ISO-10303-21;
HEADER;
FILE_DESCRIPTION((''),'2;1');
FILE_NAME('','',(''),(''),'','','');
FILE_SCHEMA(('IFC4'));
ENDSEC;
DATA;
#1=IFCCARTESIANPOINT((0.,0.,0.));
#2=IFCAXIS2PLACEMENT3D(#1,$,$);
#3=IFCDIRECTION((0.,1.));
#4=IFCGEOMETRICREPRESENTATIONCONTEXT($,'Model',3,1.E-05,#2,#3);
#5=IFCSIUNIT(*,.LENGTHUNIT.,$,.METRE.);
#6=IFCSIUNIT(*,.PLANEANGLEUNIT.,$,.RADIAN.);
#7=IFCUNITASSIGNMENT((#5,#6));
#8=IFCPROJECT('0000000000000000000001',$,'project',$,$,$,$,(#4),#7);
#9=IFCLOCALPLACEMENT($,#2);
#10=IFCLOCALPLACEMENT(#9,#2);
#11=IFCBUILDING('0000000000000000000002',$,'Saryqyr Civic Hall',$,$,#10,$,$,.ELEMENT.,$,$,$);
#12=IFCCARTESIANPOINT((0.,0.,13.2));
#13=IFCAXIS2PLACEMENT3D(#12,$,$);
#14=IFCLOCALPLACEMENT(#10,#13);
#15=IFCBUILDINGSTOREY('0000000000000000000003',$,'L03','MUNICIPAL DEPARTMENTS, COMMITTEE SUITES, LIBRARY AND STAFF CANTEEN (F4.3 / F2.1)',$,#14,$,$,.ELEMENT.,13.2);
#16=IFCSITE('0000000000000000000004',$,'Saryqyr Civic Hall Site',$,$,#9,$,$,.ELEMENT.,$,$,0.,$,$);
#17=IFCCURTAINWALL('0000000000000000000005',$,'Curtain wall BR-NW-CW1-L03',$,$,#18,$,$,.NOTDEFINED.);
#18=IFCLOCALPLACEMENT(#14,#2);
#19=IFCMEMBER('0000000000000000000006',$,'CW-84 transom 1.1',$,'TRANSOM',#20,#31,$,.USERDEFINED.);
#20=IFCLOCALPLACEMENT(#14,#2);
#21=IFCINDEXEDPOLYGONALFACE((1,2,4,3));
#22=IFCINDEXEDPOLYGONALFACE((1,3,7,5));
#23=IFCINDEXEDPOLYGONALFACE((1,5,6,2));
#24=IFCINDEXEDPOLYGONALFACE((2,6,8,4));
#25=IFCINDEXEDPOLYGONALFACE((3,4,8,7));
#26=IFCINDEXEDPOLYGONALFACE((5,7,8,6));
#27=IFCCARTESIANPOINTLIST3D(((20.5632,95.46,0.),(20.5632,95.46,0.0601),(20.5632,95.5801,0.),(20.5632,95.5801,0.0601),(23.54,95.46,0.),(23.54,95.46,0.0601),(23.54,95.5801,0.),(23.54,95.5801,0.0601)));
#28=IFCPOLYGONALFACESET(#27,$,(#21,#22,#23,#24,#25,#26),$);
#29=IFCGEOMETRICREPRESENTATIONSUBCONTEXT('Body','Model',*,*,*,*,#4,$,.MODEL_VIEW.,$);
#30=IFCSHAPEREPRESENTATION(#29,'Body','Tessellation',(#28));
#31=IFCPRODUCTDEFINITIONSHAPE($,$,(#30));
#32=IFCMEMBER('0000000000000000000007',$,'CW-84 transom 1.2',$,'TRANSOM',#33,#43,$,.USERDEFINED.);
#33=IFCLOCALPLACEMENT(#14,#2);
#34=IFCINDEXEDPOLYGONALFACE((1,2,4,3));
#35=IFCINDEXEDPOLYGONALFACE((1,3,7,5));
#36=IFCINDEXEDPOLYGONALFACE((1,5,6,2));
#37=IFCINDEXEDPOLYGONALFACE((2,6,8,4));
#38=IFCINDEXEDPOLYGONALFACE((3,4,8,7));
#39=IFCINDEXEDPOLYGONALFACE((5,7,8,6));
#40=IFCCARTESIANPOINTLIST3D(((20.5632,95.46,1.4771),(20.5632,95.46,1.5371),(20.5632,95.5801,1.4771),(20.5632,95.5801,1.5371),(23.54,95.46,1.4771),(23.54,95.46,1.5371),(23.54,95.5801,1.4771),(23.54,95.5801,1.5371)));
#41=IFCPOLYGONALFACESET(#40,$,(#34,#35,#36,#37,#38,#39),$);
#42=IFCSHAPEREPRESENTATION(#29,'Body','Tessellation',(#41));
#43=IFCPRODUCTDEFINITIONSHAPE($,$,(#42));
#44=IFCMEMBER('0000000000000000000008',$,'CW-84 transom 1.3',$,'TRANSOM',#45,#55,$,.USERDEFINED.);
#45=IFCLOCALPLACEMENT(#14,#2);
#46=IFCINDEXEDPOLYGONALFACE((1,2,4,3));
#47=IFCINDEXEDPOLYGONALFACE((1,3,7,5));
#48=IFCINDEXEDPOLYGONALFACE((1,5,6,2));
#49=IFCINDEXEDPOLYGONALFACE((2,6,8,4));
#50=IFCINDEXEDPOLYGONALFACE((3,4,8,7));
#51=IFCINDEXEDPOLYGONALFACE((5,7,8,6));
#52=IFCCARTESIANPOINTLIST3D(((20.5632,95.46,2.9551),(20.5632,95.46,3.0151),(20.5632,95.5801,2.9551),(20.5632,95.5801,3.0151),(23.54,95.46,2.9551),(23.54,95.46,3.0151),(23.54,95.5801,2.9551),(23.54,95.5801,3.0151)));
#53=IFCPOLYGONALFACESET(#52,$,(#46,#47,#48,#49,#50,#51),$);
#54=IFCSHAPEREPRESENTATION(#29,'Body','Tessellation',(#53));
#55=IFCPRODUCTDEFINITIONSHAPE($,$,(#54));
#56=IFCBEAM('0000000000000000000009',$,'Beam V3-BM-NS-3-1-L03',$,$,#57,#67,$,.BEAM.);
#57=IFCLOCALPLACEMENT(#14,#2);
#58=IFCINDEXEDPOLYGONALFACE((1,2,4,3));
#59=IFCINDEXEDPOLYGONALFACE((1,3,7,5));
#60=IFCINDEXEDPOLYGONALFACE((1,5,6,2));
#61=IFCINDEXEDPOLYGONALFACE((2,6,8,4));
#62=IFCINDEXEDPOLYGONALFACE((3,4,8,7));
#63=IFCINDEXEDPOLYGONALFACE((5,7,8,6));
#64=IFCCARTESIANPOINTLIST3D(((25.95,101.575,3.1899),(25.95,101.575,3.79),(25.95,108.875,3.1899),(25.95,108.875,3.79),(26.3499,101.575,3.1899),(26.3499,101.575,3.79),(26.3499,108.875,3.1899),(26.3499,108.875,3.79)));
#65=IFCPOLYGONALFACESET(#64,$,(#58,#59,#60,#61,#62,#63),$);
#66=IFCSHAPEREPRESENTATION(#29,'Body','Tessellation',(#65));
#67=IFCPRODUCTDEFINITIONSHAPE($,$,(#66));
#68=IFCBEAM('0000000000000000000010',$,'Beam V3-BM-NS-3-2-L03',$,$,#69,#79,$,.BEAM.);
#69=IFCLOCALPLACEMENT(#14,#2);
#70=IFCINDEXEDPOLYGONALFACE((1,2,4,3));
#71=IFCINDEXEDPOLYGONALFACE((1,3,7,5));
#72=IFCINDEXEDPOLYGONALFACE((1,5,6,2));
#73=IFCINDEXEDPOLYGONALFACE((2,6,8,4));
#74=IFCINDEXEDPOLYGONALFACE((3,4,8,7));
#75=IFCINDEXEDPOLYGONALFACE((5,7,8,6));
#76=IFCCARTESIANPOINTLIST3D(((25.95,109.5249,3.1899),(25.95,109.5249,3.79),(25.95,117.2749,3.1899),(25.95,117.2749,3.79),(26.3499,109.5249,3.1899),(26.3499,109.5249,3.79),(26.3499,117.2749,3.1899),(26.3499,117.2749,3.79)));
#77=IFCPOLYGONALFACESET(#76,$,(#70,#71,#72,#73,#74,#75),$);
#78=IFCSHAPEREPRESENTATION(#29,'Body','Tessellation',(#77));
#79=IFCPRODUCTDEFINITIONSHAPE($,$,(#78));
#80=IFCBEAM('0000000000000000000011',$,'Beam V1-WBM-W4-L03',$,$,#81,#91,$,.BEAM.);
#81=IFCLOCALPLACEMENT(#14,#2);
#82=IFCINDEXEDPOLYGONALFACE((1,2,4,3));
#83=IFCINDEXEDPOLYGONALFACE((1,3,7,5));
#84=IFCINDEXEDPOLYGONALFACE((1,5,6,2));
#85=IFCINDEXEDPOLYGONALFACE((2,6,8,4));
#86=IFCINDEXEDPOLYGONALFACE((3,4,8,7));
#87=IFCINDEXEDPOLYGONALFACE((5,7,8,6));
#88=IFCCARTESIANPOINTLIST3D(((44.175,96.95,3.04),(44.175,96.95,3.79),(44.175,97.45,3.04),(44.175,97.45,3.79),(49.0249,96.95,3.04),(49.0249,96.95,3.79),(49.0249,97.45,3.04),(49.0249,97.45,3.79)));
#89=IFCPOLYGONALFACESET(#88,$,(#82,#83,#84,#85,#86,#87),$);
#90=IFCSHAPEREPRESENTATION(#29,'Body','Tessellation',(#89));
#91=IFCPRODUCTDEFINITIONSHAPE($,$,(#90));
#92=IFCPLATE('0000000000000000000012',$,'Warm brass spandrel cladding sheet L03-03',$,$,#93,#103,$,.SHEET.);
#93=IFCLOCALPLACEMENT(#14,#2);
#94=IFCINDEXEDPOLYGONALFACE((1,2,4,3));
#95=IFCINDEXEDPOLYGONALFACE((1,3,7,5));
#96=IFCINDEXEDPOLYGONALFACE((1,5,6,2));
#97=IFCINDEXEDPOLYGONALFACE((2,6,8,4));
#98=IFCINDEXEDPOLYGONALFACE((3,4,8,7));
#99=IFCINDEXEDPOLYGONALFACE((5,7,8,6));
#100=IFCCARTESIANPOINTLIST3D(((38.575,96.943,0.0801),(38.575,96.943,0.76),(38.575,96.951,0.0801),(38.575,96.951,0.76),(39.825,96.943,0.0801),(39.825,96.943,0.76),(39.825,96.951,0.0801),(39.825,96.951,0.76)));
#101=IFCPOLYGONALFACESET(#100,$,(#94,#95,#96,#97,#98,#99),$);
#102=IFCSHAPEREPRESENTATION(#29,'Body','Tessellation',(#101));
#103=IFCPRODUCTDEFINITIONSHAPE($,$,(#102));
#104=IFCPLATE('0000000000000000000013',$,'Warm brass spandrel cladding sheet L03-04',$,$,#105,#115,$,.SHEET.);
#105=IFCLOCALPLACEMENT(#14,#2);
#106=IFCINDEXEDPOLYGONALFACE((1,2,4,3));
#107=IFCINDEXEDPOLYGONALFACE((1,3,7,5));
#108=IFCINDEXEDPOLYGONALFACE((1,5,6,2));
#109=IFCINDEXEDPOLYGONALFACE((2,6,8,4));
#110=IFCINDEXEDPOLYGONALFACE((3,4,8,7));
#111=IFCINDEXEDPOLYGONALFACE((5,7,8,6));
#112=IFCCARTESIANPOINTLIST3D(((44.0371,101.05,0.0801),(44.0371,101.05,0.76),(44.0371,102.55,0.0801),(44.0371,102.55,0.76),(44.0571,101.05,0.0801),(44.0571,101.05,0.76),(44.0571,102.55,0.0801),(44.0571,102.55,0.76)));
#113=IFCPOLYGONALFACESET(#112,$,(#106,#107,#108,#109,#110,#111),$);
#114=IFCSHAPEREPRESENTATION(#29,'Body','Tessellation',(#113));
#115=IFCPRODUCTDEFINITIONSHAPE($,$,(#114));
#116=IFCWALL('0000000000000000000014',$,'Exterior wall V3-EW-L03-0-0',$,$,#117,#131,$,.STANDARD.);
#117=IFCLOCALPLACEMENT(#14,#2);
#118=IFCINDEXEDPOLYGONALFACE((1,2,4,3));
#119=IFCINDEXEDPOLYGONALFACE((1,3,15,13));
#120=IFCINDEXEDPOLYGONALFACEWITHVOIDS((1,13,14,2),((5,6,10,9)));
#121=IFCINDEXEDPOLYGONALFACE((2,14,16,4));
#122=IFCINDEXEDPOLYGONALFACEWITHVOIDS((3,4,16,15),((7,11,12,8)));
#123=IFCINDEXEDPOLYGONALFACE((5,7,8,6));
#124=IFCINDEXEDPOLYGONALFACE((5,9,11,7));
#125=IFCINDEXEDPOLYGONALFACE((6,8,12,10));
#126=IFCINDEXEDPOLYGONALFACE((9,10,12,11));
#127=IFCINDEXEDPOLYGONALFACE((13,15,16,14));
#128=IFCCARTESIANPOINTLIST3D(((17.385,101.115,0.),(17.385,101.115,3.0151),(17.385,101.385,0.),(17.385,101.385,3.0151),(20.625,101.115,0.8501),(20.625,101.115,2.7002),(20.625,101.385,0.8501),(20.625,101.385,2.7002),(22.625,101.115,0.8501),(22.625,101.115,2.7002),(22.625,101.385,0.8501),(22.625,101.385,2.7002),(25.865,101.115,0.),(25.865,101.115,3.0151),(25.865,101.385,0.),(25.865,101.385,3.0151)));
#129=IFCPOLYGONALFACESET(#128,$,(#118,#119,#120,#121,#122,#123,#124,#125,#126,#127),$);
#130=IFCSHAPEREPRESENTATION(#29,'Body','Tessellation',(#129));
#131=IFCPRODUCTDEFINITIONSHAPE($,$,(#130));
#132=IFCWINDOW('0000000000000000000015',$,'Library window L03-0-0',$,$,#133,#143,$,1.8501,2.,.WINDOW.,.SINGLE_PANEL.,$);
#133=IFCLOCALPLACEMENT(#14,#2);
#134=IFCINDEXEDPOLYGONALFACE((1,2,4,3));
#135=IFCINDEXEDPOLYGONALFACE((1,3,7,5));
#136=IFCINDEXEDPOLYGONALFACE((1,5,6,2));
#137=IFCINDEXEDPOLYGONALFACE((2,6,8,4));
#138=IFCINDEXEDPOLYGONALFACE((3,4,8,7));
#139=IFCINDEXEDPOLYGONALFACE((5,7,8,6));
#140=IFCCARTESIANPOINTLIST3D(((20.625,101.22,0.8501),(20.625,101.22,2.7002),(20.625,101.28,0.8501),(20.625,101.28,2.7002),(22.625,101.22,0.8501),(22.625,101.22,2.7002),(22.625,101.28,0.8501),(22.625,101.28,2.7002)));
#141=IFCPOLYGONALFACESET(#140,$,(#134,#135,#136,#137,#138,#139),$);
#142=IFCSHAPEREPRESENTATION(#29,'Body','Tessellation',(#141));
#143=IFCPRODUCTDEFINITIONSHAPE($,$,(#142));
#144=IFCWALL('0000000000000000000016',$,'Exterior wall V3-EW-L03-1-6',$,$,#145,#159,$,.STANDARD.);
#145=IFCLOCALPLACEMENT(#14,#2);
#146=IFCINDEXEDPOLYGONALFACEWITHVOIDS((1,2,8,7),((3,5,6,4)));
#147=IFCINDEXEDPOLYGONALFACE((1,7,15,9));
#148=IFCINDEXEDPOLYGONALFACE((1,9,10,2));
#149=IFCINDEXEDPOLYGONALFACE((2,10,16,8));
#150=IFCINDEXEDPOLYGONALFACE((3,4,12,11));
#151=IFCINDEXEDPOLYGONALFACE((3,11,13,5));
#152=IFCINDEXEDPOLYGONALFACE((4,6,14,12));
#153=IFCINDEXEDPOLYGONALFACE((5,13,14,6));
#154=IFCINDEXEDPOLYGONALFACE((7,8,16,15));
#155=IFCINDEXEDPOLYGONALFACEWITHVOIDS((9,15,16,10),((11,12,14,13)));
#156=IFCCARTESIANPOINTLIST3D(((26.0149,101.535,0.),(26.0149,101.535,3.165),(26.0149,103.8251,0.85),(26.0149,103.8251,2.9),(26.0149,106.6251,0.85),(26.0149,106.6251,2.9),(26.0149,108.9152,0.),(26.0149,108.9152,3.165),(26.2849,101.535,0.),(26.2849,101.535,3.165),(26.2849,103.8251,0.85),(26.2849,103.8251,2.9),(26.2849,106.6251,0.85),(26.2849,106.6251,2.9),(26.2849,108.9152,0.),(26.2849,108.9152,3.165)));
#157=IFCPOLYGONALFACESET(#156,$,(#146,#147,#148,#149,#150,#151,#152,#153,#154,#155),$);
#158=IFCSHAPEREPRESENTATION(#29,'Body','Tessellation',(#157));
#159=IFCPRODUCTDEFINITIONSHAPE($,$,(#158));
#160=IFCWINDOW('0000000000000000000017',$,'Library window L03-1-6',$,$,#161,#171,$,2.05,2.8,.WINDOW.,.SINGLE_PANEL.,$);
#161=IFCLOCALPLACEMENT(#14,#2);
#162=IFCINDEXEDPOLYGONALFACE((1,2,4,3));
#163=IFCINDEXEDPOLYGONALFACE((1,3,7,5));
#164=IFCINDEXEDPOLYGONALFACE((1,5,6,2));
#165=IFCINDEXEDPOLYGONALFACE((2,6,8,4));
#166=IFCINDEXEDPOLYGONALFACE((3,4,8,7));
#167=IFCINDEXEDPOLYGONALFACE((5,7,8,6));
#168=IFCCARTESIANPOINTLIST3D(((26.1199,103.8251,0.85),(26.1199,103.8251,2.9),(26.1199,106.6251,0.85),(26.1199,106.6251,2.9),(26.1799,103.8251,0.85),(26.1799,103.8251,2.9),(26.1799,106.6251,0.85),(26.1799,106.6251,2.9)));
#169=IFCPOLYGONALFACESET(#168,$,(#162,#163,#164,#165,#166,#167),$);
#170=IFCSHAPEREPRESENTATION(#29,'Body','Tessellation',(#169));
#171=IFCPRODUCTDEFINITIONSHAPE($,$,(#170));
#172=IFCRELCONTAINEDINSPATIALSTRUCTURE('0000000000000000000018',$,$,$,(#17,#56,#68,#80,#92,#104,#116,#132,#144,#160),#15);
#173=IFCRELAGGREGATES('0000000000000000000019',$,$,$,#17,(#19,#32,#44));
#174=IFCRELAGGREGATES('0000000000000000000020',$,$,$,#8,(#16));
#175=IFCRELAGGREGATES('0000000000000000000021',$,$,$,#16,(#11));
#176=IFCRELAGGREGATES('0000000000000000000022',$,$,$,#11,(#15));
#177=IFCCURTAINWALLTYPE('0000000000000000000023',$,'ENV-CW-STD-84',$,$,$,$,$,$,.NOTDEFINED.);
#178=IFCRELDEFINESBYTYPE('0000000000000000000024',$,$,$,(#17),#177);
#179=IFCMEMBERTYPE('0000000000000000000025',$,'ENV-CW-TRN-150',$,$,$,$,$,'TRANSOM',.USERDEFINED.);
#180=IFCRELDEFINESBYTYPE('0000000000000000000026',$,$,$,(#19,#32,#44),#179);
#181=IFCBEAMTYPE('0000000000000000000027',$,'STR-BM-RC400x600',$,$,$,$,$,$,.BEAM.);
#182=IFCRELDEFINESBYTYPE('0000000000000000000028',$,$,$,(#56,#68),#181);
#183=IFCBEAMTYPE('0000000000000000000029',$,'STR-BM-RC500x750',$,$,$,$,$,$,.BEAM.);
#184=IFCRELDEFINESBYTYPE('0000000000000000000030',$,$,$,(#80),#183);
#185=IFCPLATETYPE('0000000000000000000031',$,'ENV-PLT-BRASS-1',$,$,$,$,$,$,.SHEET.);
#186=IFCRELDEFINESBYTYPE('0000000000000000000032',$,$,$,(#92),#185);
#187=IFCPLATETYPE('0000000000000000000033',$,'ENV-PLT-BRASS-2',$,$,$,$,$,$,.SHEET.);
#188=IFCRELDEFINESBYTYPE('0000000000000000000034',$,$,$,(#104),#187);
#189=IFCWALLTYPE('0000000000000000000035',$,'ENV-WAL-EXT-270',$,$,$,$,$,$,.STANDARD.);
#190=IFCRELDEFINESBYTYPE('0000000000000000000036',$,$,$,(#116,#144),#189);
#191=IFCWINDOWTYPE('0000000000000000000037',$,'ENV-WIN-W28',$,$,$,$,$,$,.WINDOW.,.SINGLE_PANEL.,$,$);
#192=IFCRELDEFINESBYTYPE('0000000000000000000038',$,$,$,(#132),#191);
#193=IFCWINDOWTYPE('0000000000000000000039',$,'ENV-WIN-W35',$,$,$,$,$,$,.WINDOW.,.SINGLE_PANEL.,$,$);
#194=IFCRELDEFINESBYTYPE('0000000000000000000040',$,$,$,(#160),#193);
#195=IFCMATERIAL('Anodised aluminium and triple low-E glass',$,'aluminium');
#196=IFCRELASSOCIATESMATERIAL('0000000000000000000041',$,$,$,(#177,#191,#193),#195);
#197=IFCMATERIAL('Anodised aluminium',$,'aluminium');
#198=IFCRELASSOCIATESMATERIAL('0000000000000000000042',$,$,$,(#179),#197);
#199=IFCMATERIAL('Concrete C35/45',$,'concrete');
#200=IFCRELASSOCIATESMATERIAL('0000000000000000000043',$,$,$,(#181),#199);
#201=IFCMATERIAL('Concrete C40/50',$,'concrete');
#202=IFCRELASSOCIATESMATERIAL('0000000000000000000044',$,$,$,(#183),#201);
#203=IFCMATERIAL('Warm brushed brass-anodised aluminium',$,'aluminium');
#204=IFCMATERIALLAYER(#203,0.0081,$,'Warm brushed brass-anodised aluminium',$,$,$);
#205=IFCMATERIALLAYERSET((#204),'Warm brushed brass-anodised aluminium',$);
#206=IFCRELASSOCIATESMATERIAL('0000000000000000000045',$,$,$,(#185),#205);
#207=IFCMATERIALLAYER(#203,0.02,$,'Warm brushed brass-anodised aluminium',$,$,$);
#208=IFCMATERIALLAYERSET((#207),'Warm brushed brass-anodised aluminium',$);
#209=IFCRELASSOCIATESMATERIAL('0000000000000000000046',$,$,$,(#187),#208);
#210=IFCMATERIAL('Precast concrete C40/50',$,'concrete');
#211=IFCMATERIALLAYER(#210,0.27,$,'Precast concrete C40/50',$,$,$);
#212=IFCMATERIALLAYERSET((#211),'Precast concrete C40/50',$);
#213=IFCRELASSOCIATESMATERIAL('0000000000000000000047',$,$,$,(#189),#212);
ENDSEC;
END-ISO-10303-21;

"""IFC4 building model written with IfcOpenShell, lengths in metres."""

from ifc_helpers import new_model, si_unit, direction, frame, frame_2d, origin, origin_2d, place, context, subcontext, project, spatial, rectangle, extrude, material, layer, layer_set, material_profile, profile_set, type_object, element, fill, aggregate, save


model = new_model("IFC4")

# Units and contexts
model_context = context("Model", 3, precision=1e-05, world=origin(), true_north=direction((0.0, 1.0)))
body_context = subcontext(model_context, "Body", "Model", "MODEL_VIEW")
ifc_project = project(units=[si_unit("LENGTHUNIT", "METRE"), si_unit("PLANEANGLEUNIT", "RADIAN")], contexts=[model_context])

# Site, building, storey
site_placement = place(None, origin())
site = spatial("IfcSite", under=ifc_project, at=site_placement, Name="Saryqyr Civic Hall Site", CompositionType="ELEMENT", RefElevation=0.0)
building_placement = place(site_placement, origin())
building = spatial("IfcBuilding", under=site, at=building_placement, Name="Saryqyr Civic Hall", CompositionType="ELEMENT")
storey_placement = place(building_placement, frame((0.0, 0.0, 13.2)))
storey = spatial("IfcBuildingStorey", under=building, at=storey_placement, Name="L03", Description="MUNICIPAL DEPARTMENTS, COMMITTEE SUITES, LIBRARY AND STAFF CANTEEN (F4.3 / F2.1)", CompositionType="ELEMENT", Elevation=13.2)

# Shared definitions
ifc_material_1 = material(Name="Concrete C40/50", Category="concrete")

# Curtain wall
ifc_material_2 = material(Name="Anodised aluminium and triple low-E glass", Category="aluminium")
ifc_material_3 = material(Name="Anodised aluminium", Category="aluminium")
curtain_wall_type_1 = type_object("IfcCurtainWallType", Name="ENV-CW-STD-84", PredefinedType="NOTDEFINED", material=ifc_material_2)
curtain_wall_1_placement = place(storey_placement, origin())
curtain_wall_1 = element("IfcCurtainWall", 1, at=curtain_wall_1_placement, inside=storey, type_object=curtain_wall_type_1, Name="Curtain wall BR-NW-CW1-L03", PredefinedType="NOTDEFINED")

# Members
ifc_material_profile_1 = material_profile(ifc_material_3, rectangle(XDim=0.1201, YDim=0.0601, at=origin_2d()), Name="ALU TRANSOM 120x60")
ifc_profile_set_1 = profile_set([ifc_material_profile_1], Name="Anodised aluminium")
member_type_1 = type_object("IfcMemberType", Name="ENV-CW-TRN-150", ElementType="TRANSOM", PredefinedType="USERDEFINED", material=ifc_profile_set_1)
member_1_placement = place(storey_placement, frame((23.54, 95.52, 0.03), z_axis=(-1.0, 0.0, 0.0), x_axis=(0.0, -1.0, 0.0)))
member_1 = element("IfcMember", 2, at=member_1_placement, type_object=member_type_1, Name="CW-84 transom 1.1", ObjectType="TRANSOM", PredefinedType="USERDEFINED", context=body_context, shape_type="SweptSolid", body=[
    extrude(rectangle(XDim=0.1201, YDim=0.0601, at=origin_2d()), origin(), (0.0, 0.0, 1.0), 2.9768),
])
member_2_placement = place(storey_placement, frame((23.54, 95.52, 1.5071), z_axis=(-1.0, 0.0, 0.0), x_axis=(0.0, -1.0, 0.0)))
member_2 = element("IfcMember", 3, at=member_2_placement, type_object=member_type_1, Name="CW-84 transom 1.2", ObjectType="TRANSOM", PredefinedType="USERDEFINED", context=body_context, shape_type="SweptSolid", body=[
    extrude(rectangle(XDim=0.1201, YDim=0.0601, at=origin_2d()), origin(), (0.0, 0.0, 1.0), 2.9768),
])
member_3_placement = place(storey_placement, frame((23.54, 95.52, 2.9851), z_axis=(-1.0, 0.0, 0.0), x_axis=(0.0, -1.0, 0.0)))
member_3 = element("IfcMember", 4, at=member_3_placement, type_object=member_type_1, Name="CW-84 transom 1.3", ObjectType="TRANSOM", PredefinedType="USERDEFINED", context=body_context, shape_type="SweptSolid", body=[
    extrude(rectangle(XDim=0.1201, YDim=0.0601, at=origin_2d()), origin(), (0.0, 0.0, 1.0), 2.9768),
])
aggregate(curtain_wall_1, [member_1, member_2, member_3])

# Beams
ifc_material_4 = material(Name="Concrete C35/45", Category="concrete")
ifc_material_profile_2 = material_profile(ifc_material_4, rectangle(XDim=0.3999, YDim=0.6001, at=origin_2d()), Name="RC 400x600")
ifc_profile_set_2 = profile_set([ifc_material_profile_2], Name="Concrete C35/45")
beam_type_1 = type_object("IfcBeamType", Name="STR-BM-RC400x600", PredefinedType="BEAM", material=ifc_profile_set_2)
beam_1_placement = place(storey_placement, frame((26.1499, 101.575, 3.49), z_axis=(0.0, 1.0, 0.0), x_axis=(-1.0, 0.0, 0.0)))
element("IfcBeam", 5, at=beam_1_placement, inside=storey, type_object=beam_type_1, Name="Beam V3-BM-NS-3-1-L03", PredefinedType="BEAM", context=body_context, shape_type="SweptSolid", body=[
    extrude(rectangle(XDim=0.3999, YDim=0.6001, at=origin_2d()), origin(), (0.0, 0.0, 1.0), 7.3),
])
beam_2_placement = place(storey_placement, frame((26.1499, 109.5249, 3.49), z_axis=(0.0, 1.0, 0.0), x_axis=(-1.0, 0.0, 0.0)))
element("IfcBeam", 6, at=beam_2_placement, inside=storey, type_object=beam_type_1, Name="Beam V3-BM-NS-3-2-L03", PredefinedType="BEAM", context=body_context, shape_type="SweptSolid", body=[
    extrude(rectangle(XDim=0.3999, YDim=0.6001, at=origin_2d()), origin(), (0.0, 0.0, 1.0), 7.75),
])
ifc_material_profile_3 = material_profile(ifc_material_1, rectangle(XDim=0.5, YDim=0.75, at=origin_2d()), Name="RC 500x750")
ifc_profile_set_3 = profile_set([ifc_material_profile_3], Name="Concrete C40/50")
beam_type_2 = type_object("IfcBeamType", Name="STR-BM-RC500x750", PredefinedType="BEAM", material=ifc_profile_set_3)
beam_3_placement = place(storey_placement, frame((44.175, 97.2, 3.415), z_axis=(1.0, 0.0, 0.0), x_axis=(0.0, 1.0, 0.0)))
element("IfcBeam", 7, at=beam_3_placement, inside=storey, type_object=beam_type_2, Name="Beam V1-WBM-W4-L03", PredefinedType="BEAM", context=body_context, shape_type="SweptSolid", body=[
    extrude(rectangle(XDim=0.5, YDim=0.75, at=origin_2d()), origin(), (0.0, 0.0, 1.0), 4.8499),
])

# Plates
ifc_material_5 = material(Name="Warm brushed brass-anodised aluminium", Category="aluminium")
ifc_layer_1 = layer(ifc_material_5, 0.0081, Name="Warm brushed brass-anodised aluminium")
ifc_layer_set_1 = layer_set([ifc_layer_1], Name="Warm brushed brass-anodised aluminium")
plate_type_1 = type_object("IfcPlateType", Name="ENV-PLT-BRASS-1", PredefinedType="SHEET", material=ifc_layer_set_1)
plate_1_placement = place(storey_placement, frame((39.2, 96.947, 0.0801), z_axis=(0.0, 0.0, 1.0), x_axis=(1.0, 0.0, 0.0)))
element("IfcPlate", 8, at=plate_1_placement, inside=storey, type_object=plate_type_1, Name="Warm brass spandrel cladding sheet L03-03", PredefinedType="SHEET", context=body_context, shape_type="SweptSolid", body=[
    extrude(rectangle(XDim=1.25, YDim=0.0081, at=origin_2d()), origin(), (0.0, 0.0, 1.0), 0.6799),
])
ifc_layer_2 = layer(ifc_material_5, 0.02, Name="Warm brushed brass-anodised aluminium")
ifc_layer_set_2 = layer_set([ifc_layer_2], Name="Warm brushed brass-anodised aluminium")
plate_type_2 = type_object("IfcPlateType", Name="ENV-PLT-BRASS-2", PredefinedType="SHEET", material=ifc_layer_set_2)
plate_2_placement = place(storey_placement, frame((44.0471, 101.8, 0.0801), z_axis=(0.0, 0.0, 1.0), x_axis=(0.0, 1.0, 0.0)))
element("IfcPlate", 9, at=plate_2_placement, inside=storey, type_object=plate_type_2, Name="Warm brass spandrel cladding sheet L03-04", PredefinedType="SHEET", context=body_context, shape_type="SweptSolid", body=[
    extrude(rectangle(XDim=1.5, YDim=0.02, at=origin_2d()), origin(), (0.0, 0.0, 1.0), 0.6799),
])

# Walls, openings, windows
ifc_material_6 = material(Name="Precast concrete C40/50", Category="concrete")
ifc_layer_3 = layer(ifc_material_6, 0.27, Name="Precast concrete C40/50")
ifc_layer_set_3 = layer_set([ifc_layer_3], Name="Precast concrete C40/50")
wall_type_1 = type_object("IfcWallType", Name="ENV-WAL-EXT-270", PredefinedType="STANDARD", material=ifc_layer_set_3)
wall_1_placement = place(storey_placement, frame((25.865, 101.25, 0.0), z_axis=(0.0, 0.0, 1.0), x_axis=(-1.0, 0.0, 0.0)))
wall_1 = element("IfcWall", 10, at=wall_1_placement, inside=storey, type_object=wall_type_1, Name="Exterior wall V3-EW-L03-0-0", PredefinedType="STANDARD", context=body_context, shape_type="SweptSolid", body=[
    extrude(rectangle(XDim=8.48, YDim=0.27, at=frame_2d((4.24, 0.0))), origin(), (0.0, 0.0, 1.0), 3.0151),
])
opening_1_placement = place(wall_1_placement, frame((3.24, 0.0, 0.8501)))
opening_1 = element("IfcOpeningElement", 11, at=opening_1_placement, cuts=wall_1, PredefinedType="OPENING", context=body_context, shape_type="SweptSolid", body=[
    extrude(rectangle(XDim=2.0, YDim=1.8501, at=frame_2d((1.0, 0.925))), frame((0.0, 0.145, 0.0), z_axis=(0.0, -1.0, 0.0), x_axis=(1.0, 0.0, 0.0)), (0.0, 0.0, 1.0), 0.29),
])
window_type_1 = type_object("IfcWindowType", Name="ENV-WIN-W28", PartitioningType="SINGLE_PANEL", PredefinedType="WINDOW", material=ifc_material_2)
window_1_placement = place(opening_1_placement, origin())
window_1 = element("IfcWindow", 12, at=window_1_placement, inside=storey, type_object=window_type_1, Name="Library window L03-0-0", OverallHeight=1.8501, OverallWidth=2.0, PartitioningType="SINGLE_PANEL", PredefinedType="WINDOW", context=body_context, shape_type="SweptSolid", body=[
    extrude(rectangle(XDim=2.0, YDim=1.8501, at=frame_2d((1.0, 0.925))), frame((0.0, 0.03, 0.0), z_axis=(0.0, -1.0, 0.0), x_axis=(1.0, 0.0, 0.0)), (0.0, 0.0, 1.0), 0.0601),
])
fill(opening_1, window_1)
wall_2_placement = place(storey_placement, frame((26.1499, 108.915, 0.0), z_axis=(0.0, 0.0, 1.0), x_axis=(0.0, -1.0, 0.0)))
wall_2 = element("IfcWall", 13, at=wall_2_placement, inside=storey, type_object=wall_type_1, Name="Exterior wall V3-EW-L03-1-6", PredefinedType="STANDARD", context=body_context, shape_type="SweptSolid", body=[
    extrude(rectangle(XDim=7.3801, YDim=0.27, at=frame_2d((3.6899, 0.0))), origin(), (0.0, 0.0, 1.0), 3.165),
])
opening_2_placement = place(wall_2_placement, frame((2.29, 0.0, 0.8501)))
opening_2 = element("IfcOpeningElement", 14, at=opening_2_placement, cuts=wall_2, PredefinedType="OPENING", context=body_context, shape_type="SweptSolid", body=[
    extrude(rectangle(XDim=2.8, YDim=2.05, at=frame_2d((1.3999, 1.0249))), frame((0.0, 0.145, 0.0), z_axis=(0.0, -1.0, 0.0), x_axis=(1.0, 0.0, 0.0)), (0.0, 0.0, 1.0), 0.29),
])
window_type_2 = type_object("IfcWindowType", Name="ENV-WIN-W35", PartitioningType="SINGLE_PANEL", PredefinedType="WINDOW", material=ifc_material_2)
window_2_placement = place(opening_2_placement, origin())
window_2 = element("IfcWindow", 15, at=window_2_placement, inside=storey, type_object=window_type_2, Name="Library window L03-1-6", OverallHeight=2.05, OverallWidth=2.8, PartitioningType="SINGLE_PANEL", PredefinedType="WINDOW", context=body_context, shape_type="SweptSolid", body=[
    extrude(rectangle(XDim=2.8, YDim=2.05, at=frame_2d((1.3999, 1.0249))), frame((0.0, 0.03, 0.0), z_axis=(0.0, -1.0, 0.0), x_axis=(1.0, 0.0, 0.0)), (0.0, 0.0, 1.0), 0.0601),
])
fill(opening_2, window_2)

save(model, "model.ifc")
